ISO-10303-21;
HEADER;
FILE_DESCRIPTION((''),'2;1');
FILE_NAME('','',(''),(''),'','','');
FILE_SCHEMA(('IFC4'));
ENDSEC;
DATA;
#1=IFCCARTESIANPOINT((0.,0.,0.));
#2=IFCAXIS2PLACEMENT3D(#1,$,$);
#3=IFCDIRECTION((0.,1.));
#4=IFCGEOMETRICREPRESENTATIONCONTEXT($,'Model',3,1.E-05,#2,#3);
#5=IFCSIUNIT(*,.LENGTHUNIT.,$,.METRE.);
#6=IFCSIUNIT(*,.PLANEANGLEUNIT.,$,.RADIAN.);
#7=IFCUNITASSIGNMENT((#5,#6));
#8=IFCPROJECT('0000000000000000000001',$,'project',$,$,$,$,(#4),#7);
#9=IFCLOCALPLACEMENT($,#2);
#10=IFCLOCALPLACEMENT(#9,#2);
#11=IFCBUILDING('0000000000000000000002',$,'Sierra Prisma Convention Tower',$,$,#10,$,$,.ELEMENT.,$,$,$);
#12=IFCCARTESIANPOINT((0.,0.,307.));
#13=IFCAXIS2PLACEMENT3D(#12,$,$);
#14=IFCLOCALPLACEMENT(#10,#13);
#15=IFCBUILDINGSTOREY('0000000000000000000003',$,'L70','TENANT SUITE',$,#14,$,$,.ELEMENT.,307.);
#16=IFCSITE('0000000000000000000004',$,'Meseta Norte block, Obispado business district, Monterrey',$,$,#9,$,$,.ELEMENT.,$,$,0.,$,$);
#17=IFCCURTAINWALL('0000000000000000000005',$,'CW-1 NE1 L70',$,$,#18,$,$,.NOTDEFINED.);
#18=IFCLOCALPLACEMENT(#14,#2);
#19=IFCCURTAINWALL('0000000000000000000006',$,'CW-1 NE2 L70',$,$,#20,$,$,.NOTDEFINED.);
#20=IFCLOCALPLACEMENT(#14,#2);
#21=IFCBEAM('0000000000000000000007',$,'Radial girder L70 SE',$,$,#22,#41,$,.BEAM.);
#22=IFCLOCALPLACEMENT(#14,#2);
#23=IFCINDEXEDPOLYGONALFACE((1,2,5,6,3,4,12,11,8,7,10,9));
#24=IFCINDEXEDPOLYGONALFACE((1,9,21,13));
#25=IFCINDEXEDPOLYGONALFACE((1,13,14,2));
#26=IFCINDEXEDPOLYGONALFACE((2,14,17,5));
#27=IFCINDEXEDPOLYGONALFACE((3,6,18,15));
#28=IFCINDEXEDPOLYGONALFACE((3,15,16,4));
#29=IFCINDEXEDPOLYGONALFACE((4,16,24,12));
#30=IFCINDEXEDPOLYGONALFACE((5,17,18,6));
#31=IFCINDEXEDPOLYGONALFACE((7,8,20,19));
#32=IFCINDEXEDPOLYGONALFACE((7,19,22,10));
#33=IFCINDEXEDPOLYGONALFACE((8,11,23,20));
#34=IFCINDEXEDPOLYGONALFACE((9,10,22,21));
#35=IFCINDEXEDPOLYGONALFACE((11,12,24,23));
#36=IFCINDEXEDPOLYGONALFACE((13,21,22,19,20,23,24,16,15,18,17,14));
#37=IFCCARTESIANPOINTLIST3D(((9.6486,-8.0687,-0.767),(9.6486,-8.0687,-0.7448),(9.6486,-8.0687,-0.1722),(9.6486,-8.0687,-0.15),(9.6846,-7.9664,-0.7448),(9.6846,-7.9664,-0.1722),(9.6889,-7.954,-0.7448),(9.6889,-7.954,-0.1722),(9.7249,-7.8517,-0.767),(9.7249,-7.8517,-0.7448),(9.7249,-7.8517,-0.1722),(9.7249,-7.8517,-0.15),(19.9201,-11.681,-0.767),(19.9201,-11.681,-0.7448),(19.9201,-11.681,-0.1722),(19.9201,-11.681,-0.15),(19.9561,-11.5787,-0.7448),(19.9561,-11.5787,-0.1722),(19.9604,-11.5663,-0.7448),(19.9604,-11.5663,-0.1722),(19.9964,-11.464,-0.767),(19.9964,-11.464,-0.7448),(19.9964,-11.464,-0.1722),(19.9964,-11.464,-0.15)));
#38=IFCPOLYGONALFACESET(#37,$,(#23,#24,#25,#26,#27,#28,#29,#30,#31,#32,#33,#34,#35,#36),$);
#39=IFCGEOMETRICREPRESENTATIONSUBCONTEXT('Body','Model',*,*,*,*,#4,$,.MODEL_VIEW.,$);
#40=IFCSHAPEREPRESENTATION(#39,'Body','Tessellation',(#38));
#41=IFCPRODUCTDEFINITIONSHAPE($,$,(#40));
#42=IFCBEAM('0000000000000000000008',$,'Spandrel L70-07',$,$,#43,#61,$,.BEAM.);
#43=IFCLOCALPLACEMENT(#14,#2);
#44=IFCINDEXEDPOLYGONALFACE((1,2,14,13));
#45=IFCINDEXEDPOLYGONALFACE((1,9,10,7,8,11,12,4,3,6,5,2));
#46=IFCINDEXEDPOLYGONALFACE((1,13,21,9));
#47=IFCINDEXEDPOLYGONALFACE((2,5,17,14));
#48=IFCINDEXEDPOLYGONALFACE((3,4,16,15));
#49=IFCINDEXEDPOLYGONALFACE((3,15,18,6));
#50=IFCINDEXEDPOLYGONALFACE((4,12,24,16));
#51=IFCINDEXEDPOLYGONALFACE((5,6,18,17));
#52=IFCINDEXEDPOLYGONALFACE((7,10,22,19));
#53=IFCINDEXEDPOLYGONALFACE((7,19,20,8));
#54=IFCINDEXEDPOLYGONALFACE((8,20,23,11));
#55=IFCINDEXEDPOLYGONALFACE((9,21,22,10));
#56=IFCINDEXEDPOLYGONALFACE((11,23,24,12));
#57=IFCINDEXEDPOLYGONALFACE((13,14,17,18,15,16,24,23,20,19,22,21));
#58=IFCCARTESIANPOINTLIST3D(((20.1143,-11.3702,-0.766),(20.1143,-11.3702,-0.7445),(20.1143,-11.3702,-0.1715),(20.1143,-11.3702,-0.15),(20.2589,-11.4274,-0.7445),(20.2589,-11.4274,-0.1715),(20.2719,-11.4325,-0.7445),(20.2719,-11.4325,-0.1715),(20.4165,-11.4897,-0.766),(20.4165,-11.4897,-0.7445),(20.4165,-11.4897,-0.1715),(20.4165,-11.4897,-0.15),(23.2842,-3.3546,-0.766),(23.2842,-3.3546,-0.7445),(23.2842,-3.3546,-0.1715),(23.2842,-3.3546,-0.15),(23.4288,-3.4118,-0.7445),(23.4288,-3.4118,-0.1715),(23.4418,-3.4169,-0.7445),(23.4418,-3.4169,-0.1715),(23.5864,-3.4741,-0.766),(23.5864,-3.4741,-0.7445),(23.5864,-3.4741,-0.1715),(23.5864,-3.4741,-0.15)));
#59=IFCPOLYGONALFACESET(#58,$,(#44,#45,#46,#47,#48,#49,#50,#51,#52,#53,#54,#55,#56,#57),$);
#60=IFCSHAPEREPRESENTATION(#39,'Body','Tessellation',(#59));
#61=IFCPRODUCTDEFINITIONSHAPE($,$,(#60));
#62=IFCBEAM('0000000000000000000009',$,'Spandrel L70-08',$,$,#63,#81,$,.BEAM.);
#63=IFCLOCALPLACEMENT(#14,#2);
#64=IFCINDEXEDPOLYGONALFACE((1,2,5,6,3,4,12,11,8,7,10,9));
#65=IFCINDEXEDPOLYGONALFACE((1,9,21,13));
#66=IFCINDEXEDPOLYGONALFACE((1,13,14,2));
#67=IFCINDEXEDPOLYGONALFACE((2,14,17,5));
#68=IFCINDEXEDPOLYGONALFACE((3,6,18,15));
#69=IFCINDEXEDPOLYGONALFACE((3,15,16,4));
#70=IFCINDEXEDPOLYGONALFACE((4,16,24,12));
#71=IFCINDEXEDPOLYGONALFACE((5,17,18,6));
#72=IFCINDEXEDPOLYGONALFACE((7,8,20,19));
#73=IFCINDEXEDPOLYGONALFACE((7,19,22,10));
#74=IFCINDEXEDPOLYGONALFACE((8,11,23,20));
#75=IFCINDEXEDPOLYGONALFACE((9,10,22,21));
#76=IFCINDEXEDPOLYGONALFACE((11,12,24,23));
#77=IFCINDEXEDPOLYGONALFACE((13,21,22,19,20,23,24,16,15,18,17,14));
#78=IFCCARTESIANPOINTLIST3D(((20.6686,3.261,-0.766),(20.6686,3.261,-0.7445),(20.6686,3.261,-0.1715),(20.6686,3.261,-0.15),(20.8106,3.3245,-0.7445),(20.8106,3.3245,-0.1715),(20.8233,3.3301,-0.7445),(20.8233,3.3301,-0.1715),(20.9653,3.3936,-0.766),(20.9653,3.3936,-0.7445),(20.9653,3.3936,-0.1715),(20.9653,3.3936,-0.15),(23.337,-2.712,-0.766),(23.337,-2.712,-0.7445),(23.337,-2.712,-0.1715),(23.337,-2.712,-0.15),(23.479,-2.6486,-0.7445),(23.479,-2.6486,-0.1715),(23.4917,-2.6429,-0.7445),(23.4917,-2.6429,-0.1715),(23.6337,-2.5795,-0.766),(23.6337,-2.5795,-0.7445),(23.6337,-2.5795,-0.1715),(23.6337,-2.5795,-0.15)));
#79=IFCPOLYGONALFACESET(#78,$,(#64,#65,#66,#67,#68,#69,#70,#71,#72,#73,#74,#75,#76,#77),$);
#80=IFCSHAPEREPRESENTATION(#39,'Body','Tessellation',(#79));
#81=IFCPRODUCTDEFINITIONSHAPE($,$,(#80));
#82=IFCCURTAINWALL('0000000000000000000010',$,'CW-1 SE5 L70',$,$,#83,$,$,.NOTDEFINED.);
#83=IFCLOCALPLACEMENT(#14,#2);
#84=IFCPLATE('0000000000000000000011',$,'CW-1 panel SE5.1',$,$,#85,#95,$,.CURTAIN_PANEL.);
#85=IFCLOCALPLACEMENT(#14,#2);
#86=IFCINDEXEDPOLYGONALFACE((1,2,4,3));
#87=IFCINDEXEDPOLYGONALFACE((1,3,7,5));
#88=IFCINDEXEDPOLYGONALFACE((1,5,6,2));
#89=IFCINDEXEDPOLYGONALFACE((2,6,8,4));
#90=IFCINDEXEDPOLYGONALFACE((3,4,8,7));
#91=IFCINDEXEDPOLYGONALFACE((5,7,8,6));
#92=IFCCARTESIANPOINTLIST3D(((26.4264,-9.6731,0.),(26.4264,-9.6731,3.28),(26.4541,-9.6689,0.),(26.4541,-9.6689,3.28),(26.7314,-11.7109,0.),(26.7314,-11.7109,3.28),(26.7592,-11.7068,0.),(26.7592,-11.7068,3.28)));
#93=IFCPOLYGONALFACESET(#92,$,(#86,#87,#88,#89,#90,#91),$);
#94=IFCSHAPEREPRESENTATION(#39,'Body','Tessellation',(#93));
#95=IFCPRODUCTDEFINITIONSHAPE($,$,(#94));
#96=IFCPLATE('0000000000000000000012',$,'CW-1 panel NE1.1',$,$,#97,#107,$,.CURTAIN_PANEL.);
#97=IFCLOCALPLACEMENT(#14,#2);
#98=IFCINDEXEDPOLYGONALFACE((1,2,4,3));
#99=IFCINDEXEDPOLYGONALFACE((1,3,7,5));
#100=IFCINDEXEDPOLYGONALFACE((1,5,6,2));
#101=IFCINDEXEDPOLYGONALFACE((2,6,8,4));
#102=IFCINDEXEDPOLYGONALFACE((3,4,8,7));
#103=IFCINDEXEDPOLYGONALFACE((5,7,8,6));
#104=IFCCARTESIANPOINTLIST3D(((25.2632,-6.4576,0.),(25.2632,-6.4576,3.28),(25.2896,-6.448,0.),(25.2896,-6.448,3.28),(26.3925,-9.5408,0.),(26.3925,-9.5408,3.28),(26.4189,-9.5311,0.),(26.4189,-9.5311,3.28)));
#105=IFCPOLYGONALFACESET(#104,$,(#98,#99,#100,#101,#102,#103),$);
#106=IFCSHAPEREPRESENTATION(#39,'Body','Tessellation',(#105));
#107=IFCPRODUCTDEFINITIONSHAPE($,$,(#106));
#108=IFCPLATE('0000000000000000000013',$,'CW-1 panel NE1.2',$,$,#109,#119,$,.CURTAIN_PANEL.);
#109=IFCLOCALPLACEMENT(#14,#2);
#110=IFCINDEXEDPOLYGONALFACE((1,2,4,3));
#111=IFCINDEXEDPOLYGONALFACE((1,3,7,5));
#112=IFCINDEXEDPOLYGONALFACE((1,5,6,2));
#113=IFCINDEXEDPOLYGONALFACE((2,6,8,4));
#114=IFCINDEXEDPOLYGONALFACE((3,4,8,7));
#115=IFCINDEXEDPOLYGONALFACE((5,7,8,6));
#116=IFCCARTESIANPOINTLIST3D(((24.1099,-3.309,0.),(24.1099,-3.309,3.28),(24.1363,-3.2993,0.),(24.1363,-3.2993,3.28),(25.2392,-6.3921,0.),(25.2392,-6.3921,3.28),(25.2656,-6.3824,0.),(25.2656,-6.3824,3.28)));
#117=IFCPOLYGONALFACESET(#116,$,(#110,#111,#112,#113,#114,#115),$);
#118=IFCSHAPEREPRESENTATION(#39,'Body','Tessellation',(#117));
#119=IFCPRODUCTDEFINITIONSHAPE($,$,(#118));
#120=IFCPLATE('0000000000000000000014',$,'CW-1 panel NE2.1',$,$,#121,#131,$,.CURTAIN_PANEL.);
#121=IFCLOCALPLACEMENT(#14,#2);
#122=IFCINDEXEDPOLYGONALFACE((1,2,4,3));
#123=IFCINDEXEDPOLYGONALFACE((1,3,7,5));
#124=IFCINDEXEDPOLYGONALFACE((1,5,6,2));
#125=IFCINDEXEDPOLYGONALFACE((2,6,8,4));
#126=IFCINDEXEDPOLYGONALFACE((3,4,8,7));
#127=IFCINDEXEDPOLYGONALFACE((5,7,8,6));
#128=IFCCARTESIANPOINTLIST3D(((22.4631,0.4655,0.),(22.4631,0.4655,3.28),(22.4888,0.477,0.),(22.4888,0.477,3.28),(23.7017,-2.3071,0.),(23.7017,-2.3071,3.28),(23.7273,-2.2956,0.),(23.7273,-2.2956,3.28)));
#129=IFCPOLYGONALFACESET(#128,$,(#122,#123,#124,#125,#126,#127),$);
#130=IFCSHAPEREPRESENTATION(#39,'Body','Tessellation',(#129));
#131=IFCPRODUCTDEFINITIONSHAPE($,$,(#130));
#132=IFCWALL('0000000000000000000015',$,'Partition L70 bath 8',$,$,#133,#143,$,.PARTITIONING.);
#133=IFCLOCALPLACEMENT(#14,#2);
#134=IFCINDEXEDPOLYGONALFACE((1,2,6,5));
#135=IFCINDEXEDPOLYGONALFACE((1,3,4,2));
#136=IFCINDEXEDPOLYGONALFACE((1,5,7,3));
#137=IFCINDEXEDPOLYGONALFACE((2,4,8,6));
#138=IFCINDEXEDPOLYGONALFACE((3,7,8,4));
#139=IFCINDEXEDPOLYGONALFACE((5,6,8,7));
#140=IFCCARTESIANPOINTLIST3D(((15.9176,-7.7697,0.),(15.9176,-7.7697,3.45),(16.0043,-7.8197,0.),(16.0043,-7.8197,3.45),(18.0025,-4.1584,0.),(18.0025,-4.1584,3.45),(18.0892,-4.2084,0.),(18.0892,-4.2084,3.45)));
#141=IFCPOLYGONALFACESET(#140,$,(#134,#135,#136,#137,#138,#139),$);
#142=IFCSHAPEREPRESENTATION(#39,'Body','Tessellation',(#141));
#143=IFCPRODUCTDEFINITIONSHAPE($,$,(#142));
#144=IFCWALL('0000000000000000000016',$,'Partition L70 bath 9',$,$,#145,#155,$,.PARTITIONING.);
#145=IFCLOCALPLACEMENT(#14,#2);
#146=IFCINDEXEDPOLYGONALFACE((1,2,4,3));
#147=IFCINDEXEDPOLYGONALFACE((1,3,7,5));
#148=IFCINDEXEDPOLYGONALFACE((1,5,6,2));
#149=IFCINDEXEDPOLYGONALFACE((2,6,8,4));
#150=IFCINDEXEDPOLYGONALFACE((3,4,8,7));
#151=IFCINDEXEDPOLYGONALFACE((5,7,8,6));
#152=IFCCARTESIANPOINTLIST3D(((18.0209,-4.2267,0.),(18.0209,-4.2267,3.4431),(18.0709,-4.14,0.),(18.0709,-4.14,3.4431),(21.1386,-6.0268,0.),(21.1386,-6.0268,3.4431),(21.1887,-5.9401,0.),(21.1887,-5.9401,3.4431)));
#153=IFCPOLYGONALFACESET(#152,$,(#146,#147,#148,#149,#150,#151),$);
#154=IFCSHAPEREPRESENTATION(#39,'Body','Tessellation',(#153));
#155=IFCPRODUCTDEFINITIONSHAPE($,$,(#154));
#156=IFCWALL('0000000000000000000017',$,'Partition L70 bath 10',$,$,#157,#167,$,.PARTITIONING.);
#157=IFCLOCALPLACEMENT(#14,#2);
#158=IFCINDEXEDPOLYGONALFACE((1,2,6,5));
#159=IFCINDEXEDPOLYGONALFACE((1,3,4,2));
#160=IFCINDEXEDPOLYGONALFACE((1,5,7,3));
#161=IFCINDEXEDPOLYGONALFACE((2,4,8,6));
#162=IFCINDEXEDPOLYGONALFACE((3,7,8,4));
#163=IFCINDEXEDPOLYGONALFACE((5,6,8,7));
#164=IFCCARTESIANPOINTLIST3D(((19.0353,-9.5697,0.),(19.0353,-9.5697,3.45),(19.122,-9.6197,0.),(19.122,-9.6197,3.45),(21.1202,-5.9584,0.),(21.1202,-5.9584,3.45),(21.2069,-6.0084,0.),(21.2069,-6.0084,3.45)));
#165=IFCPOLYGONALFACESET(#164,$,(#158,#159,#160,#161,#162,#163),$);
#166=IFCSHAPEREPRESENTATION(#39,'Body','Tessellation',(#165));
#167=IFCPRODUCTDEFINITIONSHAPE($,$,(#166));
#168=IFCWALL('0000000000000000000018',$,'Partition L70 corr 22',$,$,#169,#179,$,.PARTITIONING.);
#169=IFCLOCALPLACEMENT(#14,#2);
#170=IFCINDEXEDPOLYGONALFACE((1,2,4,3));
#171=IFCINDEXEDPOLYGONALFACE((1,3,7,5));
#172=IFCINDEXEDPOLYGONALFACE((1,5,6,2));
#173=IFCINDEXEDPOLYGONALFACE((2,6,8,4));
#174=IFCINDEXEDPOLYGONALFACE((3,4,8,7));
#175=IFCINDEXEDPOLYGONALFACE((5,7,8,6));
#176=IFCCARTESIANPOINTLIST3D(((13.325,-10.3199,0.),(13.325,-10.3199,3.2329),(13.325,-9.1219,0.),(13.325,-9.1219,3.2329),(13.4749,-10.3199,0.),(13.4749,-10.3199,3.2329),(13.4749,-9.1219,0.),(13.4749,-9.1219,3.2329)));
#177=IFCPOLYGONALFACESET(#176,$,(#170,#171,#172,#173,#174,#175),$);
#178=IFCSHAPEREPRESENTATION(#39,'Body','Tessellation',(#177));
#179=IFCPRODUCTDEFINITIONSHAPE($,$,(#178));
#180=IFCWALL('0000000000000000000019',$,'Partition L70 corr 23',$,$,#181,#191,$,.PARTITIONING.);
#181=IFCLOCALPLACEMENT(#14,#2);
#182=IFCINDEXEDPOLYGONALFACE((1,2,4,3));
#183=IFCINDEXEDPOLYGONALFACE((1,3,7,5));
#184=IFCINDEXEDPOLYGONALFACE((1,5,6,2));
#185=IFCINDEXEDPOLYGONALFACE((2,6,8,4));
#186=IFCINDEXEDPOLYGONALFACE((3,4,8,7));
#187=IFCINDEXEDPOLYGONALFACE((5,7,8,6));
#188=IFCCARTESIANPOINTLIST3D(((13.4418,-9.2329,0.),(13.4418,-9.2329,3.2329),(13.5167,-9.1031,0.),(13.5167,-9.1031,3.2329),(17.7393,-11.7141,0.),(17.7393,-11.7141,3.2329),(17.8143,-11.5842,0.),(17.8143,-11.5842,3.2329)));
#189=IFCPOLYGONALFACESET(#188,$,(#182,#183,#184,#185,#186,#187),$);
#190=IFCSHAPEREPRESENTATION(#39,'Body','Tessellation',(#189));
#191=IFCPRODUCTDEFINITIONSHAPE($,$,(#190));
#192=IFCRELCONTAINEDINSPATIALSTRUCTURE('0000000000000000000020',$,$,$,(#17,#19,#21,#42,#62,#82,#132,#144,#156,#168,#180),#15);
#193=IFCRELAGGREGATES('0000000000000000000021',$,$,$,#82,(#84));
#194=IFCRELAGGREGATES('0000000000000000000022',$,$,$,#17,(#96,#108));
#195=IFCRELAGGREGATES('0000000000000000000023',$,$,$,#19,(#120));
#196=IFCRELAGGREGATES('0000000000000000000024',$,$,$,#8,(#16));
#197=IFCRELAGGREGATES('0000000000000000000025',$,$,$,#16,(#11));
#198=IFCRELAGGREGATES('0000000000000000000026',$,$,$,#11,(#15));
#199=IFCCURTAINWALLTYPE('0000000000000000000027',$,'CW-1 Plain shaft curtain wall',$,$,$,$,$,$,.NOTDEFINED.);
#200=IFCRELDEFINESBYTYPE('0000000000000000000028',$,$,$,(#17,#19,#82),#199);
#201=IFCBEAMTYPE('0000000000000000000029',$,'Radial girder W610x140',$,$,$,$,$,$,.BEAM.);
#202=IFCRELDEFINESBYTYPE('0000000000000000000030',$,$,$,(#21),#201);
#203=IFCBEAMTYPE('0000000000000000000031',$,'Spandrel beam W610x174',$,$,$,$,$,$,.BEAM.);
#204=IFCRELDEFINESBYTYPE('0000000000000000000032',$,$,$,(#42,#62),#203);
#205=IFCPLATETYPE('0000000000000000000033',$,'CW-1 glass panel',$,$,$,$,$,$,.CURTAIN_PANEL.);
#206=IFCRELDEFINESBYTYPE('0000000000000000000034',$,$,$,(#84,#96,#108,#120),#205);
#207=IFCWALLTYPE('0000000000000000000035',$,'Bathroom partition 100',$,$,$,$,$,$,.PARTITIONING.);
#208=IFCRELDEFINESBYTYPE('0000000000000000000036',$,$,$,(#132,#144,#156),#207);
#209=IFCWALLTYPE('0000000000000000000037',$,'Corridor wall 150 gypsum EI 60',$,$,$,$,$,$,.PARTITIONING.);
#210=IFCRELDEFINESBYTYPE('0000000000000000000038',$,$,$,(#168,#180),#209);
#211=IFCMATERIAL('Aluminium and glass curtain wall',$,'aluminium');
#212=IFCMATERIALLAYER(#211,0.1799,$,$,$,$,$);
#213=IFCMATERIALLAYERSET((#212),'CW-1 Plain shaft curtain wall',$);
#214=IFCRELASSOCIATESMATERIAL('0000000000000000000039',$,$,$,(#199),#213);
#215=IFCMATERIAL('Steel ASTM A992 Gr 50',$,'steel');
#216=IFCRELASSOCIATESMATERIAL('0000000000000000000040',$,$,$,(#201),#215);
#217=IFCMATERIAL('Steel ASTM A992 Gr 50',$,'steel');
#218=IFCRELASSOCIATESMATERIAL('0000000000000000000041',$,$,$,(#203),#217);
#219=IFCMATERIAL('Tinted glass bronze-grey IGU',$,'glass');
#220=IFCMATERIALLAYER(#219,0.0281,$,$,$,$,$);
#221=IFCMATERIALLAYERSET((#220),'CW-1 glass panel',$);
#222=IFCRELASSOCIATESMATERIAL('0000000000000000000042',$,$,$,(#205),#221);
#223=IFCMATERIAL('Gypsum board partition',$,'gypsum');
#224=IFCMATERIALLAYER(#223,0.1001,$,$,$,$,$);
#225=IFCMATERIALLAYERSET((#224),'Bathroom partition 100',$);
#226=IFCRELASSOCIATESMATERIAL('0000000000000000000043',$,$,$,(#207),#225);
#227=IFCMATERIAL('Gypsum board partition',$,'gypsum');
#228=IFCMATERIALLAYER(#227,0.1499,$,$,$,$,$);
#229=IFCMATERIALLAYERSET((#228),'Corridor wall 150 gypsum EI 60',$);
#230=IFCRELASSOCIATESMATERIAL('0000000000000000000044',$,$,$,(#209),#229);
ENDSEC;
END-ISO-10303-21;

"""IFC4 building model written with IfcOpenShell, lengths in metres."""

from ifc_helpers import new_model, si_unit, direction, frame, frame_2d, origin, origin_2d, place, context, subcontext, project, spatial, rectangle, i_section, extrude, material, layer, layer_set, material_profile, profile_set, type_object, element, aggregate, save


model = new_model("IFC4")

# Units and contexts
model_context = context("Model", 3, precision=1e-05, world=origin(), true_north=direction((0.0, 1.0)))
body_context = subcontext(model_context, "Body", "Model", "MODEL_VIEW")
ifc_project = project(units=[si_unit("LENGTHUNIT", "METRE"), si_unit("PLANEANGLEUNIT", "RADIAN")], contexts=[model_context])

# Site, building, storey
site_placement = place(None, origin())
site = spatial("IfcSite", under=ifc_project, at=site_placement, Name="Meseta Norte block, Obispado business district, Monterrey", CompositionType="ELEMENT", RefElevation=0.0)
building_placement = place(site_placement, origin())
building = spatial("IfcBuilding", under=site, at=building_placement, Name="Sierra Prisma Convention Tower", CompositionType="ELEMENT")
storey_placement = place(building_placement, frame((0.0, 0.0, 307.0)))
storey = spatial("IfcBuildingStorey", under=building, at=storey_placement, Name="L70", Description="TENANT SUITE", CompositionType="ELEMENT", Elevation=307.0)

# Curtain wall
ifc_material_1 = material(Name="Aluminium and glass curtain wall", Category="aluminium")
ifc_layer_1 = layer(ifc_material_1, 0.1799)
ifc_layer_set_1 = layer_set([ifc_layer_1], Name="CW-1 Plain shaft curtain wall")
curtain_wall_type = type_object("IfcCurtainWallType", Name="CW-1 Plain shaft curtain wall", PredefinedType="NOTDEFINED", material=ifc_layer_set_1)
curtain_wall_1_placement = place(storey_placement, origin())
curtain_wall_1 = element("IfcCurtainWall", 1, at=curtain_wall_1_placement, inside=storey, type_object=curtain_wall_type, Name="CW-1 NE1 L70", PredefinedType="NOTDEFINED")

# Curtain wall
curtain_wall_2_placement = place(storey_placement, origin())
curtain_wall_2 = element("IfcCurtainWall", 2, at=curtain_wall_2_placement, inside=storey, type_object=curtain_wall_type, Name="CW-1 NE2 L70", PredefinedType="NOTDEFINED")

# Beams
ifc_material_2 = material(Name="Steel ASTM A992 Gr 50", Category="steel")
ifc_material_profile_1 = material_profile(ifc_material_2, i_section(OverallWidth=0.23, OverallDepth=0.6169, WebThickness=0.0132, FlangeThickness=0.0222, at=origin_2d()), Name="W610x140")
ifc_profile_set_1 = profile_set([ifc_material_profile_1], Name="Steel ASTM A992 Gr 50")
beam_type_1 = type_object("IfcBeamType", Name="Radial girder W610x140", PredefinedType="BEAM", material=ifc_profile_set_1)
beam_1_placement = place(storey_placement, frame((19.9583, -11.5725, -0.4585), z_axis=(-0.943362, 0.331764, 0.0), x_axis=(-0.331764, -0.943362, 0.0)))
element("IfcBeam", 3, at=beam_1_placement, inside=storey, type_object=beam_type_1, Name="Radial girder L70 SE", PredefinedType="BEAM", context=body_context, shape_type="SweptSolid", body=[
    extrude(i_section(OverallWidth=0.23, OverallDepth=0.6169, WebThickness=0.0132, FlangeThickness=0.0222, at=origin_2d()), origin(), (0.0, 0.0, 1.0), 10.8882),
])
ifc_material_3 = material(Name="Steel ASTM A992 Gr 50", Category="steel")
ifc_material_profile_2 = material_profile(ifc_material_3, i_section(OverallWidth=0.325, OverallDepth=0.616, WebThickness=0.0139, FlangeThickness=0.0215, at=origin_2d()), Name="W610x174")
ifc_profile_set_2 = profile_set([ifc_material_profile_2], Name="Steel ASTM A992 Gr 50")
beam_type_2 = type_object("IfcBeamType", Name="Spandrel beam W610x174", PredefinedType="BEAM", material=ifc_profile_set_2)
beam_2_placement = place(storey_placement, frame((20.2654, -11.4299, -0.458), z_axis=(0.367755, 0.929923, 0.0), x_axis=(-0.929923, 0.367755, 0.0)))
element("IfcBeam", 4, at=beam_2_placement, inside=storey, type_object=beam_type_2, Name="Spandrel L70-07", PredefinedType="BEAM", context=body_context, shape_type="SweptSolid", body=[
    extrude(i_section(OverallWidth=0.325, OverallDepth=0.616, WebThickness=0.0139, FlangeThickness=0.0215, at=origin_2d()), origin(), (0.0, 0.0, 1.0), 8.6196),
])
beam_3_placement = place(storey_placement, frame((23.4854, -2.6458, -0.458), z_axis=(-0.40789, 0.913031, 0.0), x_axis=(-0.913031, -0.40789, 0.0)))
element("IfcBeam", 5, at=beam_3_placement, inside=storey, type_object=beam_type_2, Name="Spandrel L70-08", PredefinedType="BEAM", context=body_context, shape_type="SweptSolid", body=[
    extrude(i_section(OverallWidth=0.325, OverallDepth=0.616, WebThickness=0.0139, FlangeThickness=0.0215, at=origin_2d()), origin(), (0.0, 0.0, 1.0), 6.542),
])

# Curtain wall, plate
curtain_wall_3_placement = place(storey_placement, origin())
curtain_wall_3 = element("IfcCurtainWall", 6, at=curtain_wall_3_placement, inside=storey, type_object=curtain_wall_type, Name="CW-1 SE5 L70", PredefinedType="NOTDEFINED")
ifc_material_4 = material(Name="Tinted glass bronze-grey IGU", Category="glass")
ifc_layer_2 = layer(ifc_material_4, 0.0281)
ifc_layer_set_2 = layer_set([ifc_layer_2], Name="CW-1 glass panel")
plate_type = type_object("IfcPlateType", Name="CW-1 glass panel", PredefinedType="CURTAIN_PANEL", material=ifc_layer_set_2)
plate_1_placement = place(storey_placement, frame((26.5928, -10.6899, 0.0), z_axis=(0.0, 0.0, 1.0), x_axis=(-0.148026, 0.988984, 0.0)))
plate_1 = element("IfcPlate", 7, at=plate_1_placement, type_object=plate_type, Name="CW-1 panel SE5.1", PredefinedType="CURTAIN_PANEL", context=body_context, shape_type="SweptSolid", body=[
    extrude(rectangle(XDim=2.0605, YDim=0.0281, at=origin_2d()), origin(), (0.0, 0.0, 1.0), 3.28),
])
aggregate(curtain_wall_3, [plate_1])

# Plates
plate_2_placement = place(storey_placement, frame((25.8411, -7.9944, 0.0), z_axis=(0.0, 0.0, 1.0), x_axis=(-0.343942, 0.938991, 0.0)))
plate_2 = element("IfcPlate", 8, at=plate_2_placement, type_object=plate_type, Name="CW-1 panel NE1.1", PredefinedType="CURTAIN_PANEL", context=body_context, shape_type="SweptSolid", body=[
    extrude(rectangle(XDim=3.2834, YDim=0.0281, at=origin_2d()), origin(), (0.0, 0.0, 1.0), 3.28),
])
plate_3_placement = place(storey_placement, frame((24.6877, -4.8457, 0.0), z_axis=(0.0, 0.0, 1.0), x_axis=(-0.343942, 0.938991, 0.0)))
plate_3 = element("IfcPlate", 9, at=plate_3_placement, type_object=plate_type, Name="CW-1 panel NE1.2", PredefinedType="CURTAIN_PANEL", context=body_context, shape_type="SweptSolid", body=[
    extrude(rectangle(XDim=3.2834, YDim=0.0281, at=origin_2d()), origin(), (0.0, 0.0, 1.0), 3.28),
])
aggregate(curtain_wall_1, [plate_2, plate_3])
plate_4_placement = place(storey_placement, frame((23.0952, -0.915, 0.0), z_axis=(0.0, 0.0, 1.0), x_axis=(-0.407858, 0.913045, 0.0)))
plate_4 = element("IfcPlate", 10, at=plate_4_placement, type_object=plate_type, Name="CW-1 panel NE2.1", PredefinedType="CURTAIN_PANEL", context=body_context, shape_type="SweptSolid", body=[
    extrude(rectangle(XDim=3.0366, YDim=0.0281, at=origin_2d()), origin(), (0.0, 0.0, 1.0), 3.28),
])
aggregate(curtain_wall_2, [plate_4])

# Walls
ifc_material_5 = material(Name="Gypsum board partition", Category="gypsum")
ifc_layer_3 = layer(ifc_material_5, 0.1001)
ifc_layer_set_3 = layer_set([ifc_layer_3], Name="Bathroom partition 100")
wall_type_1 = type_object("IfcWallType", Name="Bathroom partition 100", PredefinedType="PARTITIONING", material=ifc_layer_set_3)
wall_1_placement = place(storey_placement, frame((15.9609, -7.7947, 0.0), z_axis=(0.0, 0.0, 1.0), x_axis=(0.499993, 0.86603, 0.0)))
element("IfcWall", 11, at=wall_1_placement, inside=storey, type_object=wall_type_1, Name="Partition L70 bath 8", PredefinedType="PARTITIONING", context=body_context, shape_type="SweptSolid", body=[
    extrude(rectangle(XDim=4.1699, YDim=0.1001, at=frame_2d((2.085, 0.0))), origin(), (0.0, 0.0, 1.0), 3.45),
])
wall_2_placement = place(storey_placement, frame((18.0459, -4.1833, 0.0), z_axis=(0.0, 0.0, 1.0), x_axis=(0.866018, -0.500012, 0.0)))
element("IfcWall", 12, at=wall_2_placement, inside=storey, type_object=wall_type_1, Name="Partition L70 bath 9", PredefinedType="PARTITIONING", context=body_context, shape_type="SweptSolid", body=[
    extrude(rectangle(XDim=3.6001, YDim=0.1001, at=frame_2d((1.8, 0.0))), origin(), (0.0, 0.0, 1.0), 3.4431),
])
wall_3_placement = place(storey_placement, frame((21.1636, -5.9834, 0.0), z_axis=(0.0, 0.0, 1.0), x_axis=(-0.499993, -0.86603, 0.0)))
element("IfcWall", 13, at=wall_3_placement, inside=storey, type_object=wall_type_1, Name="Partition L70 bath 10", PredefinedType="PARTITIONING", context=body_context, shape_type="SweptSolid", body=[
    extrude(rectangle(XDim=4.1699, YDim=0.1001, at=frame_2d((2.085, 0.0))), origin(), (0.0, 0.0, 1.0), 3.45),
])
ifc_material_6 = material(Name="Gypsum board partition", Category="gypsum")
ifc_layer_4 = layer(ifc_material_6, 0.1499)
ifc_layer_set_4 = layer_set([ifc_layer_4], Name="Corridor wall 150 gypsum EI 60")
wall_type_2 = type_object("IfcWallType", Name="Corridor wall 150 gypsum EI 60", PredefinedType="PARTITIONING", material=ifc_layer_set_4)
wall_4_placement = place(storey_placement, frame((13.3999, -10.3201, 0.0), z_axis=(0.0, 0.0, 1.0), x_axis=(0.0, 1.0, 0.0)))
element("IfcWall", 14, at=wall_4_placement, inside=storey, type_object=wall_type_2, Name="Partition L70 corr 22", PredefinedType="PARTITIONING", context=body_context, shape_type="SweptSolid", body=[
    extrude(rectangle(XDim=1.198, YDim=0.1499, at=frame_2d((0.5991, 0.0))), origin(), (0.0, 0.0, 1.0), 3.2329),
])
wall_5_placement = place(storey_placement, frame((13.4792, -9.168, 0.0), z_axis=(0.0, 0.0, 1.0), x_axis=(0.866027, -0.499996, 0.0)))
element("IfcWall", 15, at=wall_5_placement, inside=storey, type_object=wall_type_2, Name="Partition L70 corr 23", PredefinedType="PARTITIONING", context=body_context, shape_type="SweptSolid", body=[
    extrude(rectangle(XDim=4.9624, YDim=0.1499, at=frame_2d((2.4812, 0.0))), origin(), (0.0, 0.0, 1.0), 3.2329),
])

save(model, "model.ifc")
